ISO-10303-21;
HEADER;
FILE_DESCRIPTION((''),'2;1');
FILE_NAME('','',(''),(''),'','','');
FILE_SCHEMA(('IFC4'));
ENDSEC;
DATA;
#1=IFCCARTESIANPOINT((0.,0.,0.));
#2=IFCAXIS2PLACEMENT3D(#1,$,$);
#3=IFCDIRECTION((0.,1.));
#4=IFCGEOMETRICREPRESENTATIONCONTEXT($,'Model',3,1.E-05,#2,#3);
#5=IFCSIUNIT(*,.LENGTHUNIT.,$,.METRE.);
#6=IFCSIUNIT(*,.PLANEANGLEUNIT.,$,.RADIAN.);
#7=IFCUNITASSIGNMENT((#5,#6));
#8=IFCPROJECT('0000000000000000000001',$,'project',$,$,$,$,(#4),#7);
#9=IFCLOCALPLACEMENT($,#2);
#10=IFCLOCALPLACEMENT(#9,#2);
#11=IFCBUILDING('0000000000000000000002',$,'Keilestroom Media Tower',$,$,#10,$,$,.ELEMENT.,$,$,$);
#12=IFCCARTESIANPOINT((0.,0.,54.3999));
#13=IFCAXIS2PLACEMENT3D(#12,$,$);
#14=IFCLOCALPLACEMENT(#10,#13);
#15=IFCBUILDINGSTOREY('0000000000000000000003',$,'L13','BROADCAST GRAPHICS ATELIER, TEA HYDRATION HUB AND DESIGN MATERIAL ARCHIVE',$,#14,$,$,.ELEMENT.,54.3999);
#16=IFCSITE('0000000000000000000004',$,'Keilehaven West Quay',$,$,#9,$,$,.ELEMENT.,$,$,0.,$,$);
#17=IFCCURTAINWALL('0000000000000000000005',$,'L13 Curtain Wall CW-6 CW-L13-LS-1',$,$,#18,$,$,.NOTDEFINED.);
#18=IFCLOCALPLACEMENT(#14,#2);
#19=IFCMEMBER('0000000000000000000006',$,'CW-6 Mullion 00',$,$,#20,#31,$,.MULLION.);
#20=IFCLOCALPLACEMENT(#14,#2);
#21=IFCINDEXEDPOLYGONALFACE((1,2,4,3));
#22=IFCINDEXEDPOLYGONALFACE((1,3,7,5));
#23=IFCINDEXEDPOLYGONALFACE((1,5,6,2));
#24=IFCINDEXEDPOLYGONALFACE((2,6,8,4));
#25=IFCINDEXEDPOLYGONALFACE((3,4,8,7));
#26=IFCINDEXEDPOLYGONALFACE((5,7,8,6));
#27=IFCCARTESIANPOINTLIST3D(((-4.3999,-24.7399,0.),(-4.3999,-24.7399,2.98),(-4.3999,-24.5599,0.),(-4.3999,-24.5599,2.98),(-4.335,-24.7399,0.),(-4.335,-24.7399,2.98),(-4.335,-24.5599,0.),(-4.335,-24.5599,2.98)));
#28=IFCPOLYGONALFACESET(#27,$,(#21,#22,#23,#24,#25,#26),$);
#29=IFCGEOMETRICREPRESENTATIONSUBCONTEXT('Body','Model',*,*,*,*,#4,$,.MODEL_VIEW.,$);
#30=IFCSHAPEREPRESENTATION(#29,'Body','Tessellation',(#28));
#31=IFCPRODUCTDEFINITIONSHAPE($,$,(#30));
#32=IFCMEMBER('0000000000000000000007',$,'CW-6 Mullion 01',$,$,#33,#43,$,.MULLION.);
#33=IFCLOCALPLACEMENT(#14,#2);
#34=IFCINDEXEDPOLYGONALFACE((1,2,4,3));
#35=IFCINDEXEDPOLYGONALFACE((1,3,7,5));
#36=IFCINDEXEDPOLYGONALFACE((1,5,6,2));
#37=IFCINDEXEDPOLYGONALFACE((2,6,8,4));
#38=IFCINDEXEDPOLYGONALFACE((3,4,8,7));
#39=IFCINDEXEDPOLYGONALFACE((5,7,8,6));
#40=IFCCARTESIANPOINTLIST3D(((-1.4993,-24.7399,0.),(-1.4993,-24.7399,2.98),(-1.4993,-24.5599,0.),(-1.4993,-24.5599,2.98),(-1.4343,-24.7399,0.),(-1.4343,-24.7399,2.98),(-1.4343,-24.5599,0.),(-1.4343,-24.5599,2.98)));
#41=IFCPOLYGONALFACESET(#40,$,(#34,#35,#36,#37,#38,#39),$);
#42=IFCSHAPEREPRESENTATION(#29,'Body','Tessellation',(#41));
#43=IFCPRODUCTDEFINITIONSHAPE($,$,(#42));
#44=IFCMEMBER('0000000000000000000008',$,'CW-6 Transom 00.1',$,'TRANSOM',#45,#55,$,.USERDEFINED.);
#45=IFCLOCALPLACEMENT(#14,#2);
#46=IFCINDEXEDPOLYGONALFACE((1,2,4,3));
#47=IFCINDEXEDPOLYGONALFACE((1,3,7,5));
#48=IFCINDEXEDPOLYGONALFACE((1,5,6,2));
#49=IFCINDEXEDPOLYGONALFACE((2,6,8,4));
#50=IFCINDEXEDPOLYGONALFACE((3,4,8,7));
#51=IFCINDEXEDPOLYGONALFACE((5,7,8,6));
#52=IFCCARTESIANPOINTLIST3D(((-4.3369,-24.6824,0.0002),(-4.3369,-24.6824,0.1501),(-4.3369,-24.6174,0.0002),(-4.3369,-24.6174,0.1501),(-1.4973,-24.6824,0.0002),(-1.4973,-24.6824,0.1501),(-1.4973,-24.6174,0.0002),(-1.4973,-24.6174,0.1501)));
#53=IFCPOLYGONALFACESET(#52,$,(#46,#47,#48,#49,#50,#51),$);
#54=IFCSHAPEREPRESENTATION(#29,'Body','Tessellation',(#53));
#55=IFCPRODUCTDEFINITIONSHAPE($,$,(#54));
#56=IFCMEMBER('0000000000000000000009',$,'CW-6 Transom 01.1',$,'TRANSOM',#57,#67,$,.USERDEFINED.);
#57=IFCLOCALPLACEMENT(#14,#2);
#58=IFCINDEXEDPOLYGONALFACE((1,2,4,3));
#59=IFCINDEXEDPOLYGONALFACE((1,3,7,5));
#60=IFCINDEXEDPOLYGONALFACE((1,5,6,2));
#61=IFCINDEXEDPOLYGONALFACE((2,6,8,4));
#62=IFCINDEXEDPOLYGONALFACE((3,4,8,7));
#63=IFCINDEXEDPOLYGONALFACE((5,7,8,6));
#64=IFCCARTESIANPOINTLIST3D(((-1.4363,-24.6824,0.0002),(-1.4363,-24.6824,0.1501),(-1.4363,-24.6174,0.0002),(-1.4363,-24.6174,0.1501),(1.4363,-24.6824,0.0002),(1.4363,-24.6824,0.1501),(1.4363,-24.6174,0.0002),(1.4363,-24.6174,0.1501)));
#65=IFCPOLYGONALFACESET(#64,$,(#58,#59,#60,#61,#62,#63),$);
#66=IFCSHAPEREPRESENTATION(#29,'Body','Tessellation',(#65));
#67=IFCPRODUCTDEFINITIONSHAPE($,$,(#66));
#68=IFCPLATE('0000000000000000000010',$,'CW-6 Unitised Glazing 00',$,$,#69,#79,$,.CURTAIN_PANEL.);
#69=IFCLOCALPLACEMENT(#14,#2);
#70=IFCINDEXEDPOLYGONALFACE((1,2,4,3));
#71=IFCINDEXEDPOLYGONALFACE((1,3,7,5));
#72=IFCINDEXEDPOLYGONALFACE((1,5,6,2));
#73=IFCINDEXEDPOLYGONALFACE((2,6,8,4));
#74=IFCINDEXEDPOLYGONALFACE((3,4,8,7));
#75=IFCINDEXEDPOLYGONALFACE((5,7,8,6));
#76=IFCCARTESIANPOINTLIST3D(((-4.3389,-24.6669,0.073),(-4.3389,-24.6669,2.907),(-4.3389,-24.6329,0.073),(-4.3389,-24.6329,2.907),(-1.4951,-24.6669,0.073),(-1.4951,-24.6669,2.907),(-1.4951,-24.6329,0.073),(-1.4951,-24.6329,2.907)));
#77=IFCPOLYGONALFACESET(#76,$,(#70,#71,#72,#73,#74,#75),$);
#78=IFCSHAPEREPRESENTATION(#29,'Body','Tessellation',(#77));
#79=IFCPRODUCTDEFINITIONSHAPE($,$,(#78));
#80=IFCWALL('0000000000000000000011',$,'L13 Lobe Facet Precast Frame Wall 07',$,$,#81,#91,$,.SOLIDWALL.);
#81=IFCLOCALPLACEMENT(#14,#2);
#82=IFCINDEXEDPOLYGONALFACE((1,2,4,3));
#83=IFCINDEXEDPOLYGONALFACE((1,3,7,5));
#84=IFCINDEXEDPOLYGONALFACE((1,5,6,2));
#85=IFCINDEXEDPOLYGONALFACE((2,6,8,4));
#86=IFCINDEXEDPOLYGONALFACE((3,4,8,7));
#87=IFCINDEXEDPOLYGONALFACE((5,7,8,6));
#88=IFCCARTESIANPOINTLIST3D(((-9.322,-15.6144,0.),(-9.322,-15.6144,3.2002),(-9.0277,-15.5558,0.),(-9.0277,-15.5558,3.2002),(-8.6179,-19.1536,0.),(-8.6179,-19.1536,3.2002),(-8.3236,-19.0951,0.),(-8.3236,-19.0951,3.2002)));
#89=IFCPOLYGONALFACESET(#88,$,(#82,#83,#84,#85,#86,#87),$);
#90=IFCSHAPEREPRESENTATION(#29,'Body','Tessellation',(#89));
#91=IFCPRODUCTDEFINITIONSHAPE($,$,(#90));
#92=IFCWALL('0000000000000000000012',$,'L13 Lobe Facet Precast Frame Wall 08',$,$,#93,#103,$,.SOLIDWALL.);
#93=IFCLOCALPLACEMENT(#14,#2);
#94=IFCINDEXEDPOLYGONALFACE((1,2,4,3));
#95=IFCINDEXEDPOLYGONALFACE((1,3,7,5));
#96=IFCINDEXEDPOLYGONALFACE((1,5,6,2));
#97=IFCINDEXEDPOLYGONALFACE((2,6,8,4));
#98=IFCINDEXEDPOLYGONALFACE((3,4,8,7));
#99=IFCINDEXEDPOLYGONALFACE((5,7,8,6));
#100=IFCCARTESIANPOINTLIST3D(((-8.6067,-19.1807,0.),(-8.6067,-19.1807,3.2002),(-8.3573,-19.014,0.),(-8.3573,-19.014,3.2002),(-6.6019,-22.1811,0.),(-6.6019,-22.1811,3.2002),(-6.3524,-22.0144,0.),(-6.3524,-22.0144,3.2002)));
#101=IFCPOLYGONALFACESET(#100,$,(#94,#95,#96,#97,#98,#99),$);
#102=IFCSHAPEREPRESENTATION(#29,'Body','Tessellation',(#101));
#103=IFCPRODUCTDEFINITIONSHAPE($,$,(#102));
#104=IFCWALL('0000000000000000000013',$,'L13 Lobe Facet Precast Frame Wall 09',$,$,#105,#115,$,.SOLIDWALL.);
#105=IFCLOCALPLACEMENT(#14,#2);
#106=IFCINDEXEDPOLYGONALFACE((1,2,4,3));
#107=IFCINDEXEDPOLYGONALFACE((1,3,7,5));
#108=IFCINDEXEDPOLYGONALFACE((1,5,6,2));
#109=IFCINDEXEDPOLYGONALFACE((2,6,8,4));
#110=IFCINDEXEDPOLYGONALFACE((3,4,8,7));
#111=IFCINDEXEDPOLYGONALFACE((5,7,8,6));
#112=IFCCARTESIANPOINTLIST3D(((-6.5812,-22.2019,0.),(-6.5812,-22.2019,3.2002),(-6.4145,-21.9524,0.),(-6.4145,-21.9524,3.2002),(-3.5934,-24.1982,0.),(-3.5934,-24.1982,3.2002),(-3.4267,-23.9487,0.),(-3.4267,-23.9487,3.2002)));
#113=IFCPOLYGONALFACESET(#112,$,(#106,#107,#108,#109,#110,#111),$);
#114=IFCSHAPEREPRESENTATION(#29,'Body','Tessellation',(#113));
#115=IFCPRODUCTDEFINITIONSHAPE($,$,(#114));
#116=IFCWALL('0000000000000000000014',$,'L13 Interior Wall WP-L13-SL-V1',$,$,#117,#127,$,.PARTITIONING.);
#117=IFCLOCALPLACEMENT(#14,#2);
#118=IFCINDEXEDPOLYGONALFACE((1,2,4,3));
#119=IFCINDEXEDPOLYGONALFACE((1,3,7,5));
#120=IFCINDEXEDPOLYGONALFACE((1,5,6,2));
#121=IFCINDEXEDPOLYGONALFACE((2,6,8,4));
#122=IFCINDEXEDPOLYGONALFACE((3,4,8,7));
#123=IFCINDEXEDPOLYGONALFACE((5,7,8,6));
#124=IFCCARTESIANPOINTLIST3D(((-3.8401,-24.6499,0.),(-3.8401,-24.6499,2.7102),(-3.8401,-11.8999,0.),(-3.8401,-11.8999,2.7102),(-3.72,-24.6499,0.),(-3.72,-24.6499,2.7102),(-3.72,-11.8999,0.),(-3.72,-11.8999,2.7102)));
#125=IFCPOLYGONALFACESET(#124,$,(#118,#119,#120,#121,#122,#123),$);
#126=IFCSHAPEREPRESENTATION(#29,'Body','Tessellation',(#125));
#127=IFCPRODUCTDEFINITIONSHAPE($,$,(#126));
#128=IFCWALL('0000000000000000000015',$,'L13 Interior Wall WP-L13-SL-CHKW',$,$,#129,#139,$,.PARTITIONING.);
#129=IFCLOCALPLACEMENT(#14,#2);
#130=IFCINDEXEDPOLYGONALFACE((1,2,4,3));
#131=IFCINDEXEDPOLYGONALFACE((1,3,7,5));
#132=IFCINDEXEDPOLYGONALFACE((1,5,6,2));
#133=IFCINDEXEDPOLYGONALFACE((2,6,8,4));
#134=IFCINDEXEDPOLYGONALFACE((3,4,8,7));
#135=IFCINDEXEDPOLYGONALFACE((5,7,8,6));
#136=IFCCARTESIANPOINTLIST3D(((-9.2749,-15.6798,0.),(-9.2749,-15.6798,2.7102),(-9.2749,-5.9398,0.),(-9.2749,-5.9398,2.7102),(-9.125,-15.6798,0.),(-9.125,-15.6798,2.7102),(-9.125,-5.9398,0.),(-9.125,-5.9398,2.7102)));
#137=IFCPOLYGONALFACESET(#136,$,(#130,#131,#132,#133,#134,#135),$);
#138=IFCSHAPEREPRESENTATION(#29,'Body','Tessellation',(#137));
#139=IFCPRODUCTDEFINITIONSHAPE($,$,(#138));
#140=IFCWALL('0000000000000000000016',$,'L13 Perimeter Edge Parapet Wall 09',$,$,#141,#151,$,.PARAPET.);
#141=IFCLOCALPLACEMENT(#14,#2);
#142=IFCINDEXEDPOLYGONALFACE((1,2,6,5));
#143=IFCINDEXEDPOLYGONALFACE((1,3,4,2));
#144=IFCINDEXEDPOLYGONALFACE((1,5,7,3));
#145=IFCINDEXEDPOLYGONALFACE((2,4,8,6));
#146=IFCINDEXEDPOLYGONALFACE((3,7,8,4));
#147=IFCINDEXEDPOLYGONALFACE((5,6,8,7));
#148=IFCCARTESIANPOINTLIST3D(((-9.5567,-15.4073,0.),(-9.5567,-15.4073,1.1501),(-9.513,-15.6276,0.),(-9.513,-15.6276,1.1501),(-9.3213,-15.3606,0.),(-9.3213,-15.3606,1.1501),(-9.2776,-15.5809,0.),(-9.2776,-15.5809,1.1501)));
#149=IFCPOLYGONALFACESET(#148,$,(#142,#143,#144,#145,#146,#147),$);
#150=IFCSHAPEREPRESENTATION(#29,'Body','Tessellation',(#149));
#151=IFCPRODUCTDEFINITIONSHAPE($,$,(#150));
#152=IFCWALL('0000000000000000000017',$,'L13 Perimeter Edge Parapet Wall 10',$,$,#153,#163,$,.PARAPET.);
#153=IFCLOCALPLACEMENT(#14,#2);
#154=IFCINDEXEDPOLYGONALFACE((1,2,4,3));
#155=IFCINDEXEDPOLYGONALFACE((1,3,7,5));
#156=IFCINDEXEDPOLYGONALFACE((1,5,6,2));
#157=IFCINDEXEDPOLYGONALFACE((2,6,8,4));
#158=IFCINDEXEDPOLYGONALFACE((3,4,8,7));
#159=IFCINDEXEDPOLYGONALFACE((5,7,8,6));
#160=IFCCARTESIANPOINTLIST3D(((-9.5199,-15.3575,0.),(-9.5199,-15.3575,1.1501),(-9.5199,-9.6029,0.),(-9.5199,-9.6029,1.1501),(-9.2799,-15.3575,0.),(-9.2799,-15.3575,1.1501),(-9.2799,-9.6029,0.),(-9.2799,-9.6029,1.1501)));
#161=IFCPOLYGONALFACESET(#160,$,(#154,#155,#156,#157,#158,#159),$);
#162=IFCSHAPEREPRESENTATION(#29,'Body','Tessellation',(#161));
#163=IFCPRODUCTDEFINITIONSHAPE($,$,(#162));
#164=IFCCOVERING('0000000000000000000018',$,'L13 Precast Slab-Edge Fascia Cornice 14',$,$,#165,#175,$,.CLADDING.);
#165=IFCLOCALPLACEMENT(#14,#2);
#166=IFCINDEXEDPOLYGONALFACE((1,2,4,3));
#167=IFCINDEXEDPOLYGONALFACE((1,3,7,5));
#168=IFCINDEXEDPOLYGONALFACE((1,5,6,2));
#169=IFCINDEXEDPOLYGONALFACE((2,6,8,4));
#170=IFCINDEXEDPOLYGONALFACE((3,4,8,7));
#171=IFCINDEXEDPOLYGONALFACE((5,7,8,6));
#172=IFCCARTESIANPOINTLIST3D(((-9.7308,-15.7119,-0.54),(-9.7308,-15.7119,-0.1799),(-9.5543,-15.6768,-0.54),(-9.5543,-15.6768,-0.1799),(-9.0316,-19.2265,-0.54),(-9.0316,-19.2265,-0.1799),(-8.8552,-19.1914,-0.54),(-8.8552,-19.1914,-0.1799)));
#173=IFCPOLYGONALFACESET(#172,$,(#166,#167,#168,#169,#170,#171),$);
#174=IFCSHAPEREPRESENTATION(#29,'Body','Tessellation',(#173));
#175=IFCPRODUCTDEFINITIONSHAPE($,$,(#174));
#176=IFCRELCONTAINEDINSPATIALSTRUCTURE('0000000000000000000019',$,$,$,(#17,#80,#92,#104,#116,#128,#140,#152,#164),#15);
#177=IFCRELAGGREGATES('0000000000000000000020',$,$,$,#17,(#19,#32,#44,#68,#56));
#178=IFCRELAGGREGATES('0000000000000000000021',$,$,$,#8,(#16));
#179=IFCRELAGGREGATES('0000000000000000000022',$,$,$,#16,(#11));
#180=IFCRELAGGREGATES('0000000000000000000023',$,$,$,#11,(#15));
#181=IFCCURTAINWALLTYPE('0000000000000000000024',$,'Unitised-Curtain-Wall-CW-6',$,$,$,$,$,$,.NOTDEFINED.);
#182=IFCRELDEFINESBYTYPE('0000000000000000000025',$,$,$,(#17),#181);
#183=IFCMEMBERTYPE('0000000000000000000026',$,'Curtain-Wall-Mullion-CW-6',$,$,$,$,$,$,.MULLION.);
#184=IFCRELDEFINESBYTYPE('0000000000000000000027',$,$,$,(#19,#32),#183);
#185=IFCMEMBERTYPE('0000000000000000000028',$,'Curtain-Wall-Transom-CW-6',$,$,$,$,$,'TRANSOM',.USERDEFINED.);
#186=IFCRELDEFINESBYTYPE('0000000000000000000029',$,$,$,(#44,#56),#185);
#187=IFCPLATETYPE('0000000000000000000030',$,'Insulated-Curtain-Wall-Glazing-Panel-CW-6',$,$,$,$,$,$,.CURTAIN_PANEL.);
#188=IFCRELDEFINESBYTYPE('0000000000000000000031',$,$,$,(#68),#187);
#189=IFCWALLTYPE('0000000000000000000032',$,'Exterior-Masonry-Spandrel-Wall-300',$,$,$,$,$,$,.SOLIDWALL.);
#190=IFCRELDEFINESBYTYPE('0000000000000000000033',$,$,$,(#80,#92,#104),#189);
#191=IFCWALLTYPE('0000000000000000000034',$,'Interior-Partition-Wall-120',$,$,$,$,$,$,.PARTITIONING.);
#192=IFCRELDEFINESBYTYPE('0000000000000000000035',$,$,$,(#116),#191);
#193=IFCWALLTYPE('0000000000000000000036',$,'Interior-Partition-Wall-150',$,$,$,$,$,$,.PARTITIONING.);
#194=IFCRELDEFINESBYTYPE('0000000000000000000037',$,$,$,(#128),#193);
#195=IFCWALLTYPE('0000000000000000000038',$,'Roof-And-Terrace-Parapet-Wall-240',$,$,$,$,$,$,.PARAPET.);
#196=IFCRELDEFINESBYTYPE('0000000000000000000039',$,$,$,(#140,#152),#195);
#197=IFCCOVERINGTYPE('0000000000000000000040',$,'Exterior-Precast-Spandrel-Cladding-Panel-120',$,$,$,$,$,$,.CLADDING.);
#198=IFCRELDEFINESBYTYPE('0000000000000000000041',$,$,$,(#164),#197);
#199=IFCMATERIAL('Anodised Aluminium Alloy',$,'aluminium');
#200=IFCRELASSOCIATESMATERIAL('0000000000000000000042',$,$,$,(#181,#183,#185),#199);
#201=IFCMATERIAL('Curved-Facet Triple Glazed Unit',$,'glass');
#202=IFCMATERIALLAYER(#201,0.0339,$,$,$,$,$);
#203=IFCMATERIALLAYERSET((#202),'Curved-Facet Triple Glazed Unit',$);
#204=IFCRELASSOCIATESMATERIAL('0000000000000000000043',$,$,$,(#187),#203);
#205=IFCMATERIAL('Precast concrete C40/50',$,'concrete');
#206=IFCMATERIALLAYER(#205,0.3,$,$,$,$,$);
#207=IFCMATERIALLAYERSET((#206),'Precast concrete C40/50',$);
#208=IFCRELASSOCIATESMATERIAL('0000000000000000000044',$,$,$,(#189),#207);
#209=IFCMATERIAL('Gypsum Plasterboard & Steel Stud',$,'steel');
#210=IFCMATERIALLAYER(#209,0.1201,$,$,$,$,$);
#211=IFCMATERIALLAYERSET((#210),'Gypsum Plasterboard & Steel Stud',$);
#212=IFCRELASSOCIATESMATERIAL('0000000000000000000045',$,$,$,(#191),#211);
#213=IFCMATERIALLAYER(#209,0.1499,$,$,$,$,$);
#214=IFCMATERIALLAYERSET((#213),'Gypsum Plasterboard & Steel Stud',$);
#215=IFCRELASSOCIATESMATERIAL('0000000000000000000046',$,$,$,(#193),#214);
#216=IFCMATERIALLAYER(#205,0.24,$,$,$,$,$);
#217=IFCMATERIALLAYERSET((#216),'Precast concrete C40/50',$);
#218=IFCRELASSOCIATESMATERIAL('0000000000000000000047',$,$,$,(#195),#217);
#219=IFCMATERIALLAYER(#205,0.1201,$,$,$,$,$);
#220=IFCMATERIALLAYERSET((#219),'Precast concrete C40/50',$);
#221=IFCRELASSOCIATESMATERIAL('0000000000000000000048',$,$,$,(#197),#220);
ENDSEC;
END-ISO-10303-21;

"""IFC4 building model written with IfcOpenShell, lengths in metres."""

from ifc_helpers import new_model, si_unit, direction, frame, frame_2d, origin, origin_2d, place, context, subcontext, project, spatial, rectangle, extrude, source, transform, mapped, material, layer, layer_set, material_profile, profile_set, type_object, element, aggregate, save


model = new_model("IFC4")

# Units and contexts
model_context = context("Model", 3, precision=1e-05, world=origin(), true_north=direction((0.0, 1.0)))
body_context = subcontext(model_context, "Body", "Model", "MODEL_VIEW")
ifc_project = project(units=[si_unit("LENGTHUNIT", "METRE"), si_unit("PLANEANGLEUNIT", "RADIAN")], contexts=[model_context])

# Site, building, storey
site_placement = place(None, origin())
site = spatial("IfcSite", under=ifc_project, at=site_placement, Name="Keilehaven West Quay", CompositionType="ELEMENT", RefElevation=0.0)
building_placement = place(site_placement, origin())
building = spatial("IfcBuilding", under=site, at=building_placement, Name="Keilestroom Media Tower", CompositionType="ELEMENT")
storey_placement = place(building_placement, frame((0.0, 0.0, 54.3999)))
storey = spatial("IfcBuildingStorey", under=building, at=storey_placement, Name="L13", Description="BROADCAST GRAPHICS ATELIER, TEA HYDRATION HUB AND DESIGN MATERIAL ARCHIVE", CompositionType="ELEMENT", Elevation=54.3999)

# Curtain wall, members, plate
ifc_material_1 = material(Name="Anodised Aluminium Alloy", Category="aluminium")
curtain_wall_type = type_object("IfcCurtainWallType", Name="Unitised-Curtain-Wall-CW-6", PredefinedType="NOTDEFINED", material=ifc_material_1)
curtain_wall_placement = place(storey_placement, origin())
curtain_wall = element("IfcCurtainWall", 1, at=curtain_wall_placement, inside=storey, type_object=curtain_wall_type, Name="L13 Curtain Wall CW-6 CW-L13-LS-1", PredefinedType="NOTDEFINED")
ifc_material_profile_1 = material_profile(ifc_material_1, rectangle(XDim=0.0649, YDim=0.1799, at=origin_2d()), Name="ALU MULLION 65x180")
ifc_profile_set_1 = profile_set([ifc_material_profile_1], Name="Anodised Aluminium Alloy")
member_type_1 = type_object("IfcMemberType", Name="Curtain-Wall-Mullion-CW-6", PredefinedType="MULLION", material=ifc_profile_set_1)
shared_shape_1 = source(origin(), body_context, "Body", "SweptSolid", [
    extrude(rectangle(XDim=0.0649, YDim=0.1799, at=origin_2d()), origin(), (0.0, 0.0, 1.0), 2.98),
])
member_1_placement = place(storey_placement, frame((-4.3674, -24.6499, 0.0), z_axis=(0.0, 0.0, 1.0), x_axis=(1.0, 0.0, 0.0)))
member_1 = element("IfcMember", 2, at=member_1_placement, type_object=member_type_1, Name="CW-6 Mullion 00", PredefinedType="MULLION", context=body_context, shape_type="MappedRepresentation", body=[
    mapped(shared_shape_1, transform((0.0, 0.0, 0.0), x_axis=(1.0, 0.0, 0.0), y_axis=(0.0, 1.0, 0.0), z_axis=(0.0, 0.0, 1.0), scale=1.0)),
])
member_2_placement = place(storey_placement, frame((-1.4668, -24.6499, 0.0), z_axis=(0.0, 0.0, 1.0), x_axis=(1.0, 0.0, 0.0)))
member_2 = element("IfcMember", 3, at=member_2_placement, type_object=member_type_1, Name="CW-6 Mullion 01", PredefinedType="MULLION", context=body_context, shape_type="MappedRepresentation", body=[
    mapped(shared_shape_1, transform((0.0, 0.0, 0.0), x_axis=(1.0, 0.0, 0.0), y_axis=(0.0, 1.0, 0.0), z_axis=(0.0, 0.0, 1.0), scale=1.0)),
])
ifc_material_profile_2 = material_profile(ifc_material_1, rectangle(XDim=0.0649, YDim=0.1499, at=origin_2d()), Name="ALU TRANSOM 65x150")
ifc_profile_set_2 = profile_set([ifc_material_profile_2], Name="Anodised Aluminium Alloy")
member_type_2 = type_object("IfcMemberType", Name="Curtain-Wall-Transom-CW-6", ElementType="TRANSOM", PredefinedType="USERDEFINED", material=ifc_profile_set_2)
shared_shape_2 = source(origin(), body_context, "Body", "SweptSolid", [
    extrude(rectangle(XDim=0.0649, YDim=0.1499, at=origin_2d()), origin(), (0.0, 0.0, 1.0), 2.8396),
])
member_3_placement = place(storey_placement, frame((-4.3369, -24.6499, 0.0752), z_axis=(1.0, 0.0, 0.0), x_axis=(0.0, 1.0, 0.0)))
member_3 = element("IfcMember", 4, at=member_3_placement, type_object=member_type_2, Name="CW-6 Transom 00.1", ObjectType="TRANSOM", PredefinedType="USERDEFINED", context=body_context, shape_type="MappedRepresentation", body=[
    mapped(shared_shape_2, transform((0.0, 0.0, 0.0), x_axis=(1.0, 0.0, 0.0), y_axis=(0.0, 1.0, 0.0), z_axis=(0.0, 0.0, 1.0), scale=1.0)),
])
shared_shape_3 = source(origin(), body_context, "Body", "SweptSolid", [
    extrude(rectangle(XDim=0.0649, YDim=0.1499, at=origin_2d()), origin(), (0.0, 0.0, 1.0), 2.8726),
])
member_4_placement = place(storey_placement, frame((-1.4363, -24.6499, 0.0752), z_axis=(1.0, 0.0, 0.0), x_axis=(0.0, 1.0, 0.0)))
member_4 = element("IfcMember", 5, at=member_4_placement, type_object=member_type_2, Name="CW-6 Transom 01.1", ObjectType="TRANSOM", PredefinedType="USERDEFINED", context=body_context, shape_type="MappedRepresentation", body=[
    mapped(shared_shape_3, transform((0.0, 0.0, 0.0), x_axis=(1.0, 0.0, 0.0), y_axis=(0.0, 1.0, 0.0), z_axis=(0.0, 0.0, 1.0), scale=1.0)),
])
ifc_material_2 = material(Name="Curved-Facet Triple Glazed Unit", Category="glass")
ifc_layer_1 = layer(ifc_material_2, 0.0339)
ifc_layer_set_1 = layer_set([ifc_layer_1], Name="Curved-Facet Triple Glazed Unit")
plate_type = type_object("IfcPlateType", Name="Insulated-Curtain-Wall-Glazing-Panel-CW-6", PredefinedType="CURTAIN_PANEL", material=ifc_layer_set_1)
shared_shape_4 = source(origin(), body_context, "Body", "SweptSolid", [
    extrude(rectangle(XDim=2.8438, YDim=0.0339, at=origin_2d()), origin(), (0.0, 0.0, 1.0), 2.834),
])
plate_placement = place(storey_placement, frame((-2.917, -24.6499, 0.073), z_axis=(0.0, 0.0, 1.0), x_axis=(1.0, 0.0, 0.0)))
plate = element("IfcPlate", 6, at=plate_placement, type_object=plate_type, Name="CW-6 Unitised Glazing 00", PredefinedType="CURTAIN_PANEL", context=body_context, shape_type="MappedRepresentation", body=[
    mapped(shared_shape_4, transform((0.0, 0.0, 0.0), x_axis=(1.0, 0.0, 0.0), y_axis=(0.0, 1.0, 0.0), z_axis=(0.0, 0.0, 1.0), scale=1.0)),
])
aggregate(curtain_wall, [member_1, member_2, member_3, plate, member_4])

# Walls
ifc_material_3 = material(Name="Precast concrete C40/50", Category="concrete")
ifc_layer_2 = layer(ifc_material_3, 0.3)
ifc_layer_set_2 = layer_set([ifc_layer_2], Name="Precast concrete C40/50")
wall_type_1 = type_object("IfcWallType", Name="Exterior-Masonry-Spandrel-Wall-300", PredefinedType="SOLIDWALL", material=ifc_layer_set_2)
for number, where, z_axis, x_axis, name in (
    (7, (-9.1748, -15.5852, 0.0), (0.0, 0.0, 1.0), (0.195114, -0.980781, 0.0), "L13 Lobe Facet Precast Frame Wall 07"),
    (8, (-8.4819, -19.0974, 0.0), (0.0, 0.0, 1.0), (0.555574, -0.831467, 0.0), "L13 Lobe Facet Precast Frame Wall 08"),
):
    element("IfcWall", number, at=place(storey_placement, frame(where, z_axis=z_axis, x_axis=x_axis)), inside=storey, type_object=wall_type_1, Name=name, PredefinedType="SOLIDWALL", context=body_context, shape_type="SweptSolid", body=[
        extrude(rectangle(XDim=3.6086, YDim=0.3, at=frame_2d((1.8042, 0.0))), origin(), (0.0, 0.0, 1.0), 3.2002),
    ])
wall_1_placement = place(storey_placement, frame((-6.4978, -22.0771, 0.0), z_axis=(0.0, 0.0, 1.0), x_axis=(0.831475, -0.555562, 0.0)))
element("IfcWall", 9, at=wall_1_placement, inside=storey, type_object=wall_type_1, Name="L13 Lobe Facet Precast Frame Wall 09", PredefinedType="SOLIDWALL", context=body_context, shape_type="SweptSolid", body=[
    extrude(rectangle(XDim=3.5933, YDim=0.3, at=frame_2d((1.7966, 0.0))), origin(), (0.0, 0.0, 1.0), 3.2002),
])
ifc_material_4 = material(Name="Gypsum Plasterboard & Steel Stud", Category="steel")
ifc_layer_3 = layer(ifc_material_4, 0.1201)
ifc_layer_set_3 = layer_set([ifc_layer_3], Name="Gypsum Plasterboard & Steel Stud")
wall_type_2 = type_object("IfcWallType", Name="Interior-Partition-Wall-120", PredefinedType="PARTITIONING", material=ifc_layer_set_3)
wall_2_placement = place(storey_placement, frame((-3.78, -24.6499, 0.0), z_axis=(0.0, 0.0, 1.0), x_axis=(0.0, 1.0, 0.0)))
element("IfcWall", 10, at=wall_2_placement, inside=storey, type_object=wall_type_2, Name="L13 Interior Wall WP-L13-SL-V1", PredefinedType="PARTITIONING", context=body_context, shape_type="SweptSolid", body=[
    extrude(rectangle(XDim=12.75, YDim=0.1201, at=frame_2d((6.375, 0.0))), origin(), (0.0, 0.0, 1.0), 2.7102),
])
ifc_layer_4 = layer(ifc_material_4, 0.1499)
ifc_layer_set_4 = layer_set([ifc_layer_4], Name="Gypsum Plasterboard & Steel Stud")
wall_type_3 = type_object("IfcWallType", Name="Interior-Partition-Wall-150", PredefinedType="PARTITIONING", material=ifc_layer_set_4)
wall_3_placement = place(storey_placement, frame((-9.2, -15.6799, 0.0), z_axis=(0.0, 0.0, 1.0), x_axis=(0.0, 1.0, 0.0)))
element("IfcWall", 11, at=wall_3_placement, inside=storey, type_object=wall_type_3, Name="L13 Interior Wall WP-L13-SL-CHKW", PredefinedType="PARTITIONING", context=body_context, shape_type="SweptSolid", body=[
    extrude(rectangle(XDim=9.74, YDim=0.1499, at=frame_2d((4.8701, 0.0))), origin(), (0.0, 0.0, 1.0), 2.7102),
])
ifc_layer_5 = layer(ifc_material_3, 0.24)
ifc_layer_set_5 = layer_set([ifc_layer_5], Name="Precast concrete C40/50")
wall_type_4 = type_object("IfcWallType", Name="Roof-And-Terrace-Parapet-Wall-240", PredefinedType="PARAPET", material=ifc_layer_set_5)
wall_4_placement = place(storey_placement, frame((-9.3953, -15.6042, 0.0), z_axis=(0.0, 0.0, 1.0), x_axis=(-0.194652, 0.980872, 0.0)))
element("IfcWall", 12, at=wall_4_placement, inside=storey, type_object=wall_type_4, Name="L13 Perimeter Edge Parapet Wall 09", PredefinedType="PARAPET", context=body_context, shape_type="SweptSolid", body=[
    extrude(rectangle(XDim=0.2246, YDim=0.24, at=frame_2d((0.1123, 0.0))), origin(), (0.0, 0.0, 1.0), 1.1501),
])
wall_5_placement = place(storey_placement, frame((-9.3999, -15.3577, 0.0), z_axis=(0.0, 0.0, 1.0), x_axis=(0.0, 1.0, 0.0)))
element("IfcWall", 13, at=wall_5_placement, inside=storey, type_object=wall_type_4, Name="L13 Perimeter Edge Parapet Wall 10", PredefinedType="PARAPET", context=body_context, shape_type="SweptSolid", body=[
    extrude(rectangle(XDim=5.7546, YDim=0.24, at=frame_2d((2.8774, 0.0))), origin(), (0.0, 0.0, 1.0), 1.1501),
])

# Covering
ifc_layer_6 = layer(ifc_material_3, 0.1201)
ifc_layer_set_6 = layer_set([ifc_layer_6], Name="Precast concrete C40/50")
covering_type = type_object("IfcCoveringType", Name="Exterior-Precast-Spandrel-Cladding-Panel-120", PredefinedType="CLADDING", material=ifc_layer_set_6)
shared_shape_5 = source(origin(), body_context, "Body", "SweptSolid", [
    extrude(rectangle(XDim=3.5835, YDim=0.1799, at=origin_2d()), origin(), (0.0, 0.0, 1.0), 0.3601),
])
covering_placement = place(storey_placement, frame((-9.293, -17.4517, -0.54), z_axis=(0.0, 0.0, 1.0), x_axis=(-0.195099, 0.980784, 0.0)))
element("IfcCovering", 14, at=covering_placement, inside=storey, type_object=covering_type, Name="L13 Precast Slab-Edge Fascia Cornice 14", PredefinedType="CLADDING", context=body_context, shape_type="MappedRepresentation", body=[
    mapped(shared_shape_5, transform((0.0, 0.0, 0.0), x_axis=(1.0, 0.0, 0.0), y_axis=(0.0, 1.0, 0.0), z_axis=(0.0, 0.0, 1.0), scale=1.0)),
])

save(model, "model.ifc")
